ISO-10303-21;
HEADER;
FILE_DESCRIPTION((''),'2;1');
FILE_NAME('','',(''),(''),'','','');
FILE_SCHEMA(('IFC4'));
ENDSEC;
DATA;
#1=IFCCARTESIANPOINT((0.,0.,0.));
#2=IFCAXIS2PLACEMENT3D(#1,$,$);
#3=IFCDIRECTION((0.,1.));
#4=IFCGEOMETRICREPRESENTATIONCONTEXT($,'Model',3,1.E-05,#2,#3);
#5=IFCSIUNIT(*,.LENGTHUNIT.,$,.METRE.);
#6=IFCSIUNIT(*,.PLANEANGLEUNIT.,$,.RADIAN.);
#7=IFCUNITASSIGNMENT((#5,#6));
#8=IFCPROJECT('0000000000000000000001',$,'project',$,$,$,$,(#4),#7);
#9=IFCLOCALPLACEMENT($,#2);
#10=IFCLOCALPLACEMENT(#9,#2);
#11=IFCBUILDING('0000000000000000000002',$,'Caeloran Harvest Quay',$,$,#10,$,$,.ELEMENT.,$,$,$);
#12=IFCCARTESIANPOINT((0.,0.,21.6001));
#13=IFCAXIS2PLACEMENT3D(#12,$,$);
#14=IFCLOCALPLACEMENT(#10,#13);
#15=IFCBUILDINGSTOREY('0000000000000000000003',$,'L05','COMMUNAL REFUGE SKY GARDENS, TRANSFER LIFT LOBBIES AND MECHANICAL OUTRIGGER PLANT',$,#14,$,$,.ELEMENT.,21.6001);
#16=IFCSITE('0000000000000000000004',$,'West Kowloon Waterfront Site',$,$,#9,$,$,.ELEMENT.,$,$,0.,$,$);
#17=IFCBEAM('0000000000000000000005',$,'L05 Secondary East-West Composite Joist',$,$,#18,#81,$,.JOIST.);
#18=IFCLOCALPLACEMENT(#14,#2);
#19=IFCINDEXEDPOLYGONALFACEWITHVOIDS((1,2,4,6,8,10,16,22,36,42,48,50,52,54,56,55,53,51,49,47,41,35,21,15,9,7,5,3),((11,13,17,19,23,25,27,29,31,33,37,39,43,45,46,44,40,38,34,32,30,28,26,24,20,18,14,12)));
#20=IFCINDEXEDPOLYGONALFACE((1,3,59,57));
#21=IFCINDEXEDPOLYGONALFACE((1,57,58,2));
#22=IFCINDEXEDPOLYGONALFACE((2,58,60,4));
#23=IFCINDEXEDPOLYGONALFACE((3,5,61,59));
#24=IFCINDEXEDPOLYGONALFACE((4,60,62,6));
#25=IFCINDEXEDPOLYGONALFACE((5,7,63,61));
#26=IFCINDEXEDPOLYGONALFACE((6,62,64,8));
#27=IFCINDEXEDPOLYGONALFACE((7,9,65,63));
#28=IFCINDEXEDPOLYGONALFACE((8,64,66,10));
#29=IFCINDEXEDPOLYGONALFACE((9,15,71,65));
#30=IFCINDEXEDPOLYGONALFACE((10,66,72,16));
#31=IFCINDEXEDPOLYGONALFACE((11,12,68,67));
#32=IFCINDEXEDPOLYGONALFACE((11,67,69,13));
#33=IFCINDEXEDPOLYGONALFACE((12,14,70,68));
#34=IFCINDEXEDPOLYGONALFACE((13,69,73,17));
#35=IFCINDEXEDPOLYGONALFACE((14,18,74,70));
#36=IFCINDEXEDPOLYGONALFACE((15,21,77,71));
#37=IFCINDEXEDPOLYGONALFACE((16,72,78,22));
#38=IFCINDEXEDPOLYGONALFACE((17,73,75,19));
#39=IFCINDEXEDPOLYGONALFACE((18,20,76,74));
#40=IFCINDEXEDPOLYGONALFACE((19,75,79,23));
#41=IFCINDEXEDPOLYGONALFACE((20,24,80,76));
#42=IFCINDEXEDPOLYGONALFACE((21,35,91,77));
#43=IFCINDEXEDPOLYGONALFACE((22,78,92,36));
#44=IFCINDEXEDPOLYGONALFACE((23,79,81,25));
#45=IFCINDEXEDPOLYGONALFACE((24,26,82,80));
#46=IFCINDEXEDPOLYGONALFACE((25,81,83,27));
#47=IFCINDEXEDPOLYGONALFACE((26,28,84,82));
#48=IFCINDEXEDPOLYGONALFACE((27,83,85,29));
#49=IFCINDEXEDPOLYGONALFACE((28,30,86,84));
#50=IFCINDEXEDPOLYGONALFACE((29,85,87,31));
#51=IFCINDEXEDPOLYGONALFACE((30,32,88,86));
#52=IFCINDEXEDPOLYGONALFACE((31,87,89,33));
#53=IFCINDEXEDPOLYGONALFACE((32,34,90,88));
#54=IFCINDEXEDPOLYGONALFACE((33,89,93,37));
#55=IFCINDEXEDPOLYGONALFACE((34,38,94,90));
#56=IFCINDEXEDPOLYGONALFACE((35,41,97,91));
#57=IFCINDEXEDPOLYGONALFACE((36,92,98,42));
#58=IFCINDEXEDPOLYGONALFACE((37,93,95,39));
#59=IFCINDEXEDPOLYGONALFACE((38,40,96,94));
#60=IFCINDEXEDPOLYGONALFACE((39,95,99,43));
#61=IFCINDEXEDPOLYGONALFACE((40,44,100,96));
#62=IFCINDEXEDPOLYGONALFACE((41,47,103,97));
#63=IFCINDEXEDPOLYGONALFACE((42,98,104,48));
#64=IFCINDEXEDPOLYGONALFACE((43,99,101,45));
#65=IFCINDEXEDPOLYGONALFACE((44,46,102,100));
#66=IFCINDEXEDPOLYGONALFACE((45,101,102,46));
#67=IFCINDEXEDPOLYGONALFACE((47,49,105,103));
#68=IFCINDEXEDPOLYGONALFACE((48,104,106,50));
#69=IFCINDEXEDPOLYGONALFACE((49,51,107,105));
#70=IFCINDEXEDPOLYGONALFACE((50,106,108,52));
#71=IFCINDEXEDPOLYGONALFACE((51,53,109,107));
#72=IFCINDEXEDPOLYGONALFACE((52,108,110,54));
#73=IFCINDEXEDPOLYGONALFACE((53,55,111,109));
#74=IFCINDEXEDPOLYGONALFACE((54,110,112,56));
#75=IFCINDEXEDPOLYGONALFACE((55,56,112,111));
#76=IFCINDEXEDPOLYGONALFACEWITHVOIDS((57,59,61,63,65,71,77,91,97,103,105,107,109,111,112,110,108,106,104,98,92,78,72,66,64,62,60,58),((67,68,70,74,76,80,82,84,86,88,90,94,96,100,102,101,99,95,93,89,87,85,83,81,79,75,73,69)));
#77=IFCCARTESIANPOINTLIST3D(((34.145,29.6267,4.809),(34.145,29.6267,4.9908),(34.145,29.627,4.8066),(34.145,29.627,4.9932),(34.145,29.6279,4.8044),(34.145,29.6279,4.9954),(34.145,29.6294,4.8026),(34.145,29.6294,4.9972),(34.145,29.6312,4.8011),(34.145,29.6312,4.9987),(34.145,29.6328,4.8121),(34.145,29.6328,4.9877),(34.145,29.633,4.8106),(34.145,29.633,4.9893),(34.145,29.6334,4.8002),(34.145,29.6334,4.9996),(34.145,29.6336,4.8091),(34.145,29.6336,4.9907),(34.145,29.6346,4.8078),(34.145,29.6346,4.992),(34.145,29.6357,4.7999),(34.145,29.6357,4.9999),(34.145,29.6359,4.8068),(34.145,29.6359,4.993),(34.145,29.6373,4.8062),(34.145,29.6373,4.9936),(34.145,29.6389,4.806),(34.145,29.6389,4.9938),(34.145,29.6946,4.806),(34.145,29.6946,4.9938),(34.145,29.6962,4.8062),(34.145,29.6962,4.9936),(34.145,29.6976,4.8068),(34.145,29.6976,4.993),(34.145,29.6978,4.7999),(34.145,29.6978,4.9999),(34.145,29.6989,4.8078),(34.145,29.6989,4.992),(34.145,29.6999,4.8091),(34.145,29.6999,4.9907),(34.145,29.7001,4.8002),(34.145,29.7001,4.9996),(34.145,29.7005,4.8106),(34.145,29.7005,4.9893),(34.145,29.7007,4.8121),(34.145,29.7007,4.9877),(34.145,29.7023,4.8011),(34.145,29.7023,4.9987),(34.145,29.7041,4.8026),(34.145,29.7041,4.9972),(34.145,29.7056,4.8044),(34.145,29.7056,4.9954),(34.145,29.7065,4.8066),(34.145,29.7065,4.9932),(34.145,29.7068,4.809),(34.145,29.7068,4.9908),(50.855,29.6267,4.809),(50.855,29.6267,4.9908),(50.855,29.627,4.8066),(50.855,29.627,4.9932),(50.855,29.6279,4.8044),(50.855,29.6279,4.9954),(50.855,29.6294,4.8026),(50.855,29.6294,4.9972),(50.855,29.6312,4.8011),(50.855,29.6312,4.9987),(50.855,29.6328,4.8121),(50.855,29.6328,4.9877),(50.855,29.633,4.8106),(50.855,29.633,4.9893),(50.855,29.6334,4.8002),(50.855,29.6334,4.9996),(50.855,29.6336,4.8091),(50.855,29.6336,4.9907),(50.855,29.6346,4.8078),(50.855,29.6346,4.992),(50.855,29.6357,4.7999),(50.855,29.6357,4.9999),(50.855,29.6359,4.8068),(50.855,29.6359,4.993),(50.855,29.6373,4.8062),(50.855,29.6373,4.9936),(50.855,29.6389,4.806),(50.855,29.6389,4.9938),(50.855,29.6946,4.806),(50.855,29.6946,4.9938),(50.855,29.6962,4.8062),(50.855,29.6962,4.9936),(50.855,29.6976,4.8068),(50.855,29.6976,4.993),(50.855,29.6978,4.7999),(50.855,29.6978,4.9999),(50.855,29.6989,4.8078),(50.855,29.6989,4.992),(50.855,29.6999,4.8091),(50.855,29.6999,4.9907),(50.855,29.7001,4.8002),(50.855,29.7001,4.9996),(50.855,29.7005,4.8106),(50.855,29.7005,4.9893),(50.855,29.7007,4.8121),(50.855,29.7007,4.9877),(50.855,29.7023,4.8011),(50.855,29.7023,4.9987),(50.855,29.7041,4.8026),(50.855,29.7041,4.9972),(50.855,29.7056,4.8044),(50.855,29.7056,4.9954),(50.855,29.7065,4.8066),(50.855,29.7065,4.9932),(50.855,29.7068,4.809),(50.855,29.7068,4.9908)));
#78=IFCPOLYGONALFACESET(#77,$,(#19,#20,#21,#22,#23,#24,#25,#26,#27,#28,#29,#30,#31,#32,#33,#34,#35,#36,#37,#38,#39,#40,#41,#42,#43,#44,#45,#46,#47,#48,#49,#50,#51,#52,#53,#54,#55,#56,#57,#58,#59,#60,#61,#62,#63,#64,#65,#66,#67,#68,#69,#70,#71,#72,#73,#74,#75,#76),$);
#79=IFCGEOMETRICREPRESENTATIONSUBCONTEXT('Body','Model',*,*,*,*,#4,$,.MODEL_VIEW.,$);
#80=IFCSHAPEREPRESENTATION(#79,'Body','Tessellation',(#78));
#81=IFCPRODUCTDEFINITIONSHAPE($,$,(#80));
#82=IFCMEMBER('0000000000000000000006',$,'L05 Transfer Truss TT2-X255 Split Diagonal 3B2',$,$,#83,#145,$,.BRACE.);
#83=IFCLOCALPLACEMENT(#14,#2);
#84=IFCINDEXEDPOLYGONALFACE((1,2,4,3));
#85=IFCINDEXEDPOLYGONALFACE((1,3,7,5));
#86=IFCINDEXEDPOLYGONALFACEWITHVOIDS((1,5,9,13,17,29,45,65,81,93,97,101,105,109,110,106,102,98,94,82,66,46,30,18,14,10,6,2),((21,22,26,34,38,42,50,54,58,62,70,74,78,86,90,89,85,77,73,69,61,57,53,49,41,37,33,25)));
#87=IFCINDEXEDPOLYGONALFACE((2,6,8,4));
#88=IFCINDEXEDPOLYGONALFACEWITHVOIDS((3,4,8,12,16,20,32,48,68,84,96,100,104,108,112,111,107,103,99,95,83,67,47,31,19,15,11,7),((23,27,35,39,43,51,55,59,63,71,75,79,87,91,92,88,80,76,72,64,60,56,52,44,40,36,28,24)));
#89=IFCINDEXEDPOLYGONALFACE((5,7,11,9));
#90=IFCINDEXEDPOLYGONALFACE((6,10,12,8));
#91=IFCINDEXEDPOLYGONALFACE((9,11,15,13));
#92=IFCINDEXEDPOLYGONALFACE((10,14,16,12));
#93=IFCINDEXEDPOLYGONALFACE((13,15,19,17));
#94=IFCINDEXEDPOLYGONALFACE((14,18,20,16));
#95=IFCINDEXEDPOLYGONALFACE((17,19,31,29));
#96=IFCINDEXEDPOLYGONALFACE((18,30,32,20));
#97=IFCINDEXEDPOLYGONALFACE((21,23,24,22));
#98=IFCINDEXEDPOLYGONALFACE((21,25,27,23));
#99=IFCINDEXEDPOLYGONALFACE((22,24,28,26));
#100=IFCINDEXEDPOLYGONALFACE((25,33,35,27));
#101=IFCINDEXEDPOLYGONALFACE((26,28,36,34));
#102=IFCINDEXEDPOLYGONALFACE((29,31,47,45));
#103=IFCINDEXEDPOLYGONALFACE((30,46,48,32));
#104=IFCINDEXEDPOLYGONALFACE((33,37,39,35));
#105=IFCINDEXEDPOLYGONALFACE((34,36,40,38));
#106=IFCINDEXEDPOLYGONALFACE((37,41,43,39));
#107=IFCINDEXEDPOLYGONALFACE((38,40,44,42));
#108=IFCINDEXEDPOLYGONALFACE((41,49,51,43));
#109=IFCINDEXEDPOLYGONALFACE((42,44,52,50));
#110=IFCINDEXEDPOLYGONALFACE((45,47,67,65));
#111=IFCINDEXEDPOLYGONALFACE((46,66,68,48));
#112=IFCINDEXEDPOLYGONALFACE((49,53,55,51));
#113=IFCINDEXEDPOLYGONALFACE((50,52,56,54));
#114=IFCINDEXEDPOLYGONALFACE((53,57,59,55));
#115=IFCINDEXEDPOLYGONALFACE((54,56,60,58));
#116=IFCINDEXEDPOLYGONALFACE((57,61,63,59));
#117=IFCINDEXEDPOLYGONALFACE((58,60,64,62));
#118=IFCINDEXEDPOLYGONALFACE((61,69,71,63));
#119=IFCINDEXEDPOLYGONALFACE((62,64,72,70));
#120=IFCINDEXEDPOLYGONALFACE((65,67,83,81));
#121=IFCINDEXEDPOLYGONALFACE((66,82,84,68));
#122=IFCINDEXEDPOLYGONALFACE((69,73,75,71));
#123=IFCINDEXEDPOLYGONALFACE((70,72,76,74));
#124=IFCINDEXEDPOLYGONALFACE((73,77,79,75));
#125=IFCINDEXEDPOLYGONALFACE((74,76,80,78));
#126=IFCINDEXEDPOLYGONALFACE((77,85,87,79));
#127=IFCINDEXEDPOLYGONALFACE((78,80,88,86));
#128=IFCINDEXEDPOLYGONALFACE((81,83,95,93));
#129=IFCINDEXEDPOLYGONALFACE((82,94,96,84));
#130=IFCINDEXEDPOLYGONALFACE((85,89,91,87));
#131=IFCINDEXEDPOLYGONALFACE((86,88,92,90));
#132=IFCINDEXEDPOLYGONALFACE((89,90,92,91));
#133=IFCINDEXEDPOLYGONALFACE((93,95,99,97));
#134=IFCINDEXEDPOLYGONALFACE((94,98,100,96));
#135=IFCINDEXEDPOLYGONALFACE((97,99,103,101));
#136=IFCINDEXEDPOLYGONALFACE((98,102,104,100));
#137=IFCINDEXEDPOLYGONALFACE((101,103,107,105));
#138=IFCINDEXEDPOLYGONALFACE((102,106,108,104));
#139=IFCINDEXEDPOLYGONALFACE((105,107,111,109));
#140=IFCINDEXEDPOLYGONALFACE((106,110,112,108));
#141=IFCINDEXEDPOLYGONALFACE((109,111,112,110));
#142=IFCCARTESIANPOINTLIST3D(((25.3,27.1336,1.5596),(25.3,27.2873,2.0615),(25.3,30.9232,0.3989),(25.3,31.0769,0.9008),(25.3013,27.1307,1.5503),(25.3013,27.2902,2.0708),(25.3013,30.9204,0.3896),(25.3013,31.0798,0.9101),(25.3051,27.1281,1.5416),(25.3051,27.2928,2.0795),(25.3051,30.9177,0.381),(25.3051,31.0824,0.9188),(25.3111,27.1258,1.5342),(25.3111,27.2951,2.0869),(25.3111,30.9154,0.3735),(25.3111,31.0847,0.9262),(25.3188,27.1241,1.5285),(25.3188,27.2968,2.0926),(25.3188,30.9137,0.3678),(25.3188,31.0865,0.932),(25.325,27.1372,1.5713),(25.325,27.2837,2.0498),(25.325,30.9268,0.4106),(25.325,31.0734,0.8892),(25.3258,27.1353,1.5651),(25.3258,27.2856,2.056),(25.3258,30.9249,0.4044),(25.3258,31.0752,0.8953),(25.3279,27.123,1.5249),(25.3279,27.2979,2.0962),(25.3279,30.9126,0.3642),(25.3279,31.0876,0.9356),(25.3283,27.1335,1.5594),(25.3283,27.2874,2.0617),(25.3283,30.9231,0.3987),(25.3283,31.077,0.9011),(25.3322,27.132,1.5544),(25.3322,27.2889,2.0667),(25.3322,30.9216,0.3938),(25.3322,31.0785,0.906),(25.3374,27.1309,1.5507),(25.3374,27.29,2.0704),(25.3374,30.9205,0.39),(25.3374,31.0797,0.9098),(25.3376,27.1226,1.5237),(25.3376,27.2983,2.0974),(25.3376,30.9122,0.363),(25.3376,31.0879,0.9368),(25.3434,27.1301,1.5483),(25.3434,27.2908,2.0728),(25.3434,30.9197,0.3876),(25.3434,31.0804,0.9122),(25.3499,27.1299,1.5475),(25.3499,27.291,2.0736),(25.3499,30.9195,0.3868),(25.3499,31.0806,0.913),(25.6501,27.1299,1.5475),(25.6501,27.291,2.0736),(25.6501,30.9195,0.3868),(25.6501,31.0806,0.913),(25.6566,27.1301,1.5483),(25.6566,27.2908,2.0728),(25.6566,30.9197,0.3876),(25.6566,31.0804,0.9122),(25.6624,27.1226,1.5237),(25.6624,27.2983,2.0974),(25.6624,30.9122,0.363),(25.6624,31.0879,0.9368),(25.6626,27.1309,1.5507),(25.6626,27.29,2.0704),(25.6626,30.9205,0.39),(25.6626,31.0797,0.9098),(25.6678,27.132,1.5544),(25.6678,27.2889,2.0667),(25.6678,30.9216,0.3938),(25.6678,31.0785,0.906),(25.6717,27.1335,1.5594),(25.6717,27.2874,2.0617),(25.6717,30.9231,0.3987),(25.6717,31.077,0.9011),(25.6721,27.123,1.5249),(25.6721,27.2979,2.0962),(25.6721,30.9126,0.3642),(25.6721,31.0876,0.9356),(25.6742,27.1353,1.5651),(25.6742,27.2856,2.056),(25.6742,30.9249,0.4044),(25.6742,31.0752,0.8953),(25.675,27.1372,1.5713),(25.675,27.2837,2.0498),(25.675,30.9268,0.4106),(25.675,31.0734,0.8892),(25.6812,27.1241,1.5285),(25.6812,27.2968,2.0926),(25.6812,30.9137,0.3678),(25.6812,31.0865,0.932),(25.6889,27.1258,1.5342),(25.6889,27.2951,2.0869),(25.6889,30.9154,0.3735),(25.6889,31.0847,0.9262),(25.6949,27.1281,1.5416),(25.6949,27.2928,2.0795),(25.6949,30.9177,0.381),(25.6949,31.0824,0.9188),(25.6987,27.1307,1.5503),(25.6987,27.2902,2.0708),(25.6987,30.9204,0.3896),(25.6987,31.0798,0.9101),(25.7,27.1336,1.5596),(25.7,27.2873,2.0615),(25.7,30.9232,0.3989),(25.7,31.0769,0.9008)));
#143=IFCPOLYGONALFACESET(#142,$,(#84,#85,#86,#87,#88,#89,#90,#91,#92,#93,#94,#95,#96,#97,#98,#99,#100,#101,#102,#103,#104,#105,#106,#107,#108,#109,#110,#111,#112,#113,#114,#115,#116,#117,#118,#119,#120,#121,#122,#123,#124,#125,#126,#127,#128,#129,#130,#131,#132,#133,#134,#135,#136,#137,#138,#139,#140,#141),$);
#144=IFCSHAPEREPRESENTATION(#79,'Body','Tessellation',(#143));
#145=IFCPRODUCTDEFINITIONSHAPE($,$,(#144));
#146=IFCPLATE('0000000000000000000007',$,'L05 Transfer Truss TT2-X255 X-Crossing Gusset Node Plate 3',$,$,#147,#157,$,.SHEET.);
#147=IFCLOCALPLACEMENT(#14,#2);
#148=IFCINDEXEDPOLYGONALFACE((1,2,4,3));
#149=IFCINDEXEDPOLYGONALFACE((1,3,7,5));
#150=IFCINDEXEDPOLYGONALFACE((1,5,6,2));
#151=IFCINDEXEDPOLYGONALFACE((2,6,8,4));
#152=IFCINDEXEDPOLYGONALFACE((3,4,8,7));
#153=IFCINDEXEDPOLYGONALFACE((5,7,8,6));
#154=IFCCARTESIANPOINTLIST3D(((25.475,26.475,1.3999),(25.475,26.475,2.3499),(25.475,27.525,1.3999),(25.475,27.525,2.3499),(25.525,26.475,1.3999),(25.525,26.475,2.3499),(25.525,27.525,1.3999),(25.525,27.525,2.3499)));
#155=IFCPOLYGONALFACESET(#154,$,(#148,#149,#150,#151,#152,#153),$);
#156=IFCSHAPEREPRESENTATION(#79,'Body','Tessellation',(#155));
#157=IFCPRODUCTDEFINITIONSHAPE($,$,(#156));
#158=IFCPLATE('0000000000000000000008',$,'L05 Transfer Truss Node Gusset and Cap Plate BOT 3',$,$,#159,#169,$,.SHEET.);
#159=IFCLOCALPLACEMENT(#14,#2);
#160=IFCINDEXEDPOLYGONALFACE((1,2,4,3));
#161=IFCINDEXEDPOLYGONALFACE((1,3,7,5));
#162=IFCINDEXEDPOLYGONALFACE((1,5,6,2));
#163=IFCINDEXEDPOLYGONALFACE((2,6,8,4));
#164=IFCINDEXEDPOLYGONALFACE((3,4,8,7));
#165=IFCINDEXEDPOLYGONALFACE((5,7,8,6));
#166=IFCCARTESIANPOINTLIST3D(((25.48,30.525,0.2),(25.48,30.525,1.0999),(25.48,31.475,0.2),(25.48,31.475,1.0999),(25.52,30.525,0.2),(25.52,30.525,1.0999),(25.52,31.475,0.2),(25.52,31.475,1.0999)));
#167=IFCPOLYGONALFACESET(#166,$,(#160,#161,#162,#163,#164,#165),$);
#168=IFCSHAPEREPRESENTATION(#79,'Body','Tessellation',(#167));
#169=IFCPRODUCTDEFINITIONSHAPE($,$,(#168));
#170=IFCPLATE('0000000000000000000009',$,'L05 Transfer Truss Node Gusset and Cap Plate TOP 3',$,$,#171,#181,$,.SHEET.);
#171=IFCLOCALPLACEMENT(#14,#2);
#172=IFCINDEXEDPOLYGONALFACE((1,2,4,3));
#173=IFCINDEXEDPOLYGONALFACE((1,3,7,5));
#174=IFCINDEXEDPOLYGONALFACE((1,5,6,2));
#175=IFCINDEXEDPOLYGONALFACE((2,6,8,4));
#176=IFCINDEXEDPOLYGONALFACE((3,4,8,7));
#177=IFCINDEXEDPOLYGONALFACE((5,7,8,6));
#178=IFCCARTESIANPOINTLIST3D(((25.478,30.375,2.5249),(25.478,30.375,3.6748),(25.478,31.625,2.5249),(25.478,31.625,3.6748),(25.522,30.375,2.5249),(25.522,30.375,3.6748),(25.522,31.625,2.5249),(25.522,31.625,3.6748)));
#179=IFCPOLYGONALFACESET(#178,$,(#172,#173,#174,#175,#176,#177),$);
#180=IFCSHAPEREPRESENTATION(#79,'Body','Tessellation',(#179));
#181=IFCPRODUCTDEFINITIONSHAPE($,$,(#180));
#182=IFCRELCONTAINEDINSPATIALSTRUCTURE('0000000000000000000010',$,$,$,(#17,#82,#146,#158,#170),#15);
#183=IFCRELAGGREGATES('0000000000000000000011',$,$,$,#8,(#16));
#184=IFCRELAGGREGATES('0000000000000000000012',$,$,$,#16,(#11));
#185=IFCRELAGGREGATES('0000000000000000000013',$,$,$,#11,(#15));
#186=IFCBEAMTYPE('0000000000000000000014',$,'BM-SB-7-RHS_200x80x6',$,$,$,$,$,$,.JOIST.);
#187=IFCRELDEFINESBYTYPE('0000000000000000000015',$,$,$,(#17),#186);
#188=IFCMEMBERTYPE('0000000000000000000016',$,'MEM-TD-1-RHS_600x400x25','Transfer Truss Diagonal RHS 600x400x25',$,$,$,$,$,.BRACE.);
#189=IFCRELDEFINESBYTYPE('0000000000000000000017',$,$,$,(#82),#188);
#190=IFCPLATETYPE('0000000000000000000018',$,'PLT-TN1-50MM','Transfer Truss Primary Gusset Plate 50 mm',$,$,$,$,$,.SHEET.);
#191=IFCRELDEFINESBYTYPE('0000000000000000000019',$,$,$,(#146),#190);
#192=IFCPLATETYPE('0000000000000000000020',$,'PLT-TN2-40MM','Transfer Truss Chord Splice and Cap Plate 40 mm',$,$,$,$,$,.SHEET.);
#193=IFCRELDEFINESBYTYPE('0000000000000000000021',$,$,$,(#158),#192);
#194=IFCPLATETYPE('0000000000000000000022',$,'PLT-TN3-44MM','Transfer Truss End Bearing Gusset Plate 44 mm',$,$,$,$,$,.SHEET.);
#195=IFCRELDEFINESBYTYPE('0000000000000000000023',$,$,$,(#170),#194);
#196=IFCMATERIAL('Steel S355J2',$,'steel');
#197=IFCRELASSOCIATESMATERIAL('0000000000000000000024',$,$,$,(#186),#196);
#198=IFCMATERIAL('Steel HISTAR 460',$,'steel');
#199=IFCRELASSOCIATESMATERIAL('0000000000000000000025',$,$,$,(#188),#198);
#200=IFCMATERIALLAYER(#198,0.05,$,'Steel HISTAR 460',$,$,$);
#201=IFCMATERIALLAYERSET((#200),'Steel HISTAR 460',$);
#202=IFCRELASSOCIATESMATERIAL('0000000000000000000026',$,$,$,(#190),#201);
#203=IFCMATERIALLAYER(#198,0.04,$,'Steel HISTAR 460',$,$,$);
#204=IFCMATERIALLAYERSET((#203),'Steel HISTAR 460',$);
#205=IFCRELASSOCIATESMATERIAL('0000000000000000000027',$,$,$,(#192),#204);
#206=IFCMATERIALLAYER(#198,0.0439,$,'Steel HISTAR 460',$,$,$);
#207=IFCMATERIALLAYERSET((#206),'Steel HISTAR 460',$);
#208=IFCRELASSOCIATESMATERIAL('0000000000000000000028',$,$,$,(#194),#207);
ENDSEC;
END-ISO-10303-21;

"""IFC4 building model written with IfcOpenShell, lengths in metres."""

from ifc_helpers import new_model, si_unit, direction, frame, origin, origin_2d, place, context, subcontext, project, spatial, rectangle, hollow_rectangle, extrude, material, layer, layer_set, material_profile, profile_set, type_object, element, save


model = new_model("IFC4")

# Units and contexts
model_context = context("Model", 3, precision=1e-05, world=origin(), true_north=direction((0.0, 1.0)))
body_context = subcontext(model_context, "Body", "Model", "MODEL_VIEW")
ifc_project = project(units=[si_unit("LENGTHUNIT", "METRE"), si_unit("PLANEANGLEUNIT", "RADIAN")], contexts=[model_context])

# Site, building, storey
site_placement = place(None, origin())
site = spatial("IfcSite", under=ifc_project, at=site_placement, Name="West Kowloon Waterfront Site", CompositionType="ELEMENT", RefElevation=0.0)
building_placement = place(site_placement, origin())
building = spatial("IfcBuilding", under=site, at=building_placement, Name="Caeloran Harvest Quay", CompositionType="ELEMENT")
storey_placement = place(building_placement, frame((0.0, 0.0, 21.6001)))
storey = spatial("IfcBuildingStorey", under=building, at=storey_placement, Name="L05", Description="COMMUNAL REFUGE SKY GARDENS, TRANSFER LIFT LOBBIES AND MECHANICAL OUTRIGGER PLANT", CompositionType="ELEMENT", Elevation=21.6001)

# Beam
ifc_material_1 = material(Name="Steel S355J2", Category="steel")
ifc_material_profile_1 = material_profile(ifc_material_1, hollow_rectangle(XDim=0.0801, YDim=0.2, WallThickness=0.0061, InnerFilletRadius=0.0061, OuterFilletRadius=0.009, at=origin_2d()), Name="RHS 200x80x6")
ifc_profile_set_1 = profile_set([ifc_material_profile_1], Name="Steel S355J2")
beam_type_1 = type_object("IfcBeamType", Name="BM-SB-7-RHS_200x80x6", PredefinedType="JOIST", material=ifc_profile_set_1)
for number, where, z_axis, x_axis, name in (
    (1, (34.145, 29.6667, 4.8999), (1.0, 0.0, 0.0), (0.0, 1.0, 0.0), "L05 Secondary East-West Composite Joist"),
):
    element("IfcBeam", number, at=place(storey_placement, frame(where, z_axis=z_axis, x_axis=x_axis)), inside=storey, type_object=beam_type_1, Name=name, PredefinedType="JOIST", context=body_context, shape_type="SweptSolid", body=[
        extrude(hollow_rectangle(XDim=0.0801, YDim=0.2, WallThickness=0.0061, InnerFilletRadius=0.0061, OuterFilletRadius=0.009, at=origin_2d()), origin(), (0.0, 0.0, 1.0), 16.71),
    ])

# Member
ifc_material_2 = material(Name="Steel HISTAR 460", Category="steel")
ifc_material_profile_2 = material_profile(ifc_material_2, hollow_rectangle(XDim=0.3999, YDim=0.6001, WallThickness=0.0249, InnerFilletRadius=0.0249, OuterFilletRadius=0.0376, at=origin_2d()), Name="RHS 600x400x25")
ifc_profile_set_2 = profile_set([ifc_material_profile_2], Name="Steel HISTAR 460")
member_type = type_object("IfcMemberType", Name="MEM-TD-1-RHS_600x400x25", Description="Transfer Truss Diagonal RHS 600x400x25", PredefinedType="BRACE", material=ifc_profile_set_2)
member_placement = place(storey_placement, frame((25.5, 27.2104, 1.8105), z_axis=(0.0, 0.956159, -0.292848), x_axis=(-1.0, 0.0, 0.0)))
element("IfcMember", 2, at=member_placement, inside=storey, type_object=member_type, Name="L05 Transfer Truss TT2-X255 Split Diagonal 3B2", PredefinedType="BRACE", context=body_context, shape_type="SweptSolid", body=[
    extrude(hollow_rectangle(XDim=0.3999, YDim=0.6001, WallThickness=0.0249, InnerFilletRadius=0.0249, OuterFilletRadius=0.0376, at=origin_2d()), origin(), (0.0, 0.0, 1.0), 3.9634),
])

# Plates
ifc_layer_1 = layer(ifc_material_2, 0.05, Name="Steel HISTAR 460")
ifc_layer_set_1 = layer_set([ifc_layer_1], Name="Steel HISTAR 460")
plate_type_1 = type_object("IfcPlateType", Name="PLT-TN1-50MM", Description="Transfer Truss Primary Gusset Plate 50 mm", PredefinedType="SHEET", material=ifc_layer_set_1)
plate_1_placement = place(storey_placement, frame((25.5, 27.0, 1.3999), z_axis=(0.0, 0.0, 1.0), x_axis=(0.0, 1.0, 0.0)))
element("IfcPlate", 3, at=plate_1_placement, inside=storey, type_object=plate_type_1, Name="L05 Transfer Truss TT2-X255 X-Crossing Gusset Node Plate 3", PredefinedType="SHEET", context=body_context, shape_type="SweptSolid", body=[
    extrude(rectangle(XDim=1.05, YDim=0.05, at=origin_2d()), origin(), (0.0, 0.0, 1.0), 0.95),
])
ifc_layer_2 = layer(ifc_material_2, 0.04, Name="Steel HISTAR 460")
ifc_layer_set_2 = layer_set([ifc_layer_2], Name="Steel HISTAR 460")
plate_type_2 = type_object("IfcPlateType", Name="PLT-TN2-40MM", Description="Transfer Truss Chord Splice and Cap Plate 40 mm", PredefinedType="SHEET", material=ifc_layer_set_2)
plate_2_placement = place(storey_placement, frame((25.5, 31.0, 0.2), z_axis=(0.0, 0.0, 1.0), x_axis=(0.0, 1.0, 0.0)))
element("IfcPlate", 4, at=plate_2_placement, inside=storey, type_object=plate_type_2, Name="L05 Transfer Truss Node Gusset and Cap Plate BOT 3", PredefinedType="SHEET", context=body_context, shape_type="SweptSolid", body=[
    extrude(rectangle(XDim=0.95, YDim=0.04, at=origin_2d()), origin(), (0.0, 0.0, 1.0), 0.8999),
])
ifc_layer_3 = layer(ifc_material_2, 0.0439, Name="Steel HISTAR 460")
ifc_layer_set_3 = layer_set([ifc_layer_3], Name="Steel HISTAR 460")
plate_type_3 = type_object("IfcPlateType", Name="PLT-TN3-44MM", Description="Transfer Truss End Bearing Gusset Plate 44 mm", PredefinedType="SHEET", material=ifc_layer_set_3)
plate_3_placement = place(storey_placement, frame((25.5, 31.0, 2.5249), z_axis=(0.0, 0.0, 1.0), x_axis=(0.0, 1.0, 0.0)))
element("IfcPlate", 5, at=plate_3_placement, inside=storey, type_object=plate_type_3, Name="L05 Transfer Truss Node Gusset and Cap Plate TOP 3", PredefinedType="SHEET", context=body_context, shape_type="SweptSolid", body=[
    extrude(rectangle(XDim=1.25, YDim=0.0439, at=origin_2d()), origin(), (0.0, 0.0, 1.0), 1.1499),
])

save(model, "model.ifc")
